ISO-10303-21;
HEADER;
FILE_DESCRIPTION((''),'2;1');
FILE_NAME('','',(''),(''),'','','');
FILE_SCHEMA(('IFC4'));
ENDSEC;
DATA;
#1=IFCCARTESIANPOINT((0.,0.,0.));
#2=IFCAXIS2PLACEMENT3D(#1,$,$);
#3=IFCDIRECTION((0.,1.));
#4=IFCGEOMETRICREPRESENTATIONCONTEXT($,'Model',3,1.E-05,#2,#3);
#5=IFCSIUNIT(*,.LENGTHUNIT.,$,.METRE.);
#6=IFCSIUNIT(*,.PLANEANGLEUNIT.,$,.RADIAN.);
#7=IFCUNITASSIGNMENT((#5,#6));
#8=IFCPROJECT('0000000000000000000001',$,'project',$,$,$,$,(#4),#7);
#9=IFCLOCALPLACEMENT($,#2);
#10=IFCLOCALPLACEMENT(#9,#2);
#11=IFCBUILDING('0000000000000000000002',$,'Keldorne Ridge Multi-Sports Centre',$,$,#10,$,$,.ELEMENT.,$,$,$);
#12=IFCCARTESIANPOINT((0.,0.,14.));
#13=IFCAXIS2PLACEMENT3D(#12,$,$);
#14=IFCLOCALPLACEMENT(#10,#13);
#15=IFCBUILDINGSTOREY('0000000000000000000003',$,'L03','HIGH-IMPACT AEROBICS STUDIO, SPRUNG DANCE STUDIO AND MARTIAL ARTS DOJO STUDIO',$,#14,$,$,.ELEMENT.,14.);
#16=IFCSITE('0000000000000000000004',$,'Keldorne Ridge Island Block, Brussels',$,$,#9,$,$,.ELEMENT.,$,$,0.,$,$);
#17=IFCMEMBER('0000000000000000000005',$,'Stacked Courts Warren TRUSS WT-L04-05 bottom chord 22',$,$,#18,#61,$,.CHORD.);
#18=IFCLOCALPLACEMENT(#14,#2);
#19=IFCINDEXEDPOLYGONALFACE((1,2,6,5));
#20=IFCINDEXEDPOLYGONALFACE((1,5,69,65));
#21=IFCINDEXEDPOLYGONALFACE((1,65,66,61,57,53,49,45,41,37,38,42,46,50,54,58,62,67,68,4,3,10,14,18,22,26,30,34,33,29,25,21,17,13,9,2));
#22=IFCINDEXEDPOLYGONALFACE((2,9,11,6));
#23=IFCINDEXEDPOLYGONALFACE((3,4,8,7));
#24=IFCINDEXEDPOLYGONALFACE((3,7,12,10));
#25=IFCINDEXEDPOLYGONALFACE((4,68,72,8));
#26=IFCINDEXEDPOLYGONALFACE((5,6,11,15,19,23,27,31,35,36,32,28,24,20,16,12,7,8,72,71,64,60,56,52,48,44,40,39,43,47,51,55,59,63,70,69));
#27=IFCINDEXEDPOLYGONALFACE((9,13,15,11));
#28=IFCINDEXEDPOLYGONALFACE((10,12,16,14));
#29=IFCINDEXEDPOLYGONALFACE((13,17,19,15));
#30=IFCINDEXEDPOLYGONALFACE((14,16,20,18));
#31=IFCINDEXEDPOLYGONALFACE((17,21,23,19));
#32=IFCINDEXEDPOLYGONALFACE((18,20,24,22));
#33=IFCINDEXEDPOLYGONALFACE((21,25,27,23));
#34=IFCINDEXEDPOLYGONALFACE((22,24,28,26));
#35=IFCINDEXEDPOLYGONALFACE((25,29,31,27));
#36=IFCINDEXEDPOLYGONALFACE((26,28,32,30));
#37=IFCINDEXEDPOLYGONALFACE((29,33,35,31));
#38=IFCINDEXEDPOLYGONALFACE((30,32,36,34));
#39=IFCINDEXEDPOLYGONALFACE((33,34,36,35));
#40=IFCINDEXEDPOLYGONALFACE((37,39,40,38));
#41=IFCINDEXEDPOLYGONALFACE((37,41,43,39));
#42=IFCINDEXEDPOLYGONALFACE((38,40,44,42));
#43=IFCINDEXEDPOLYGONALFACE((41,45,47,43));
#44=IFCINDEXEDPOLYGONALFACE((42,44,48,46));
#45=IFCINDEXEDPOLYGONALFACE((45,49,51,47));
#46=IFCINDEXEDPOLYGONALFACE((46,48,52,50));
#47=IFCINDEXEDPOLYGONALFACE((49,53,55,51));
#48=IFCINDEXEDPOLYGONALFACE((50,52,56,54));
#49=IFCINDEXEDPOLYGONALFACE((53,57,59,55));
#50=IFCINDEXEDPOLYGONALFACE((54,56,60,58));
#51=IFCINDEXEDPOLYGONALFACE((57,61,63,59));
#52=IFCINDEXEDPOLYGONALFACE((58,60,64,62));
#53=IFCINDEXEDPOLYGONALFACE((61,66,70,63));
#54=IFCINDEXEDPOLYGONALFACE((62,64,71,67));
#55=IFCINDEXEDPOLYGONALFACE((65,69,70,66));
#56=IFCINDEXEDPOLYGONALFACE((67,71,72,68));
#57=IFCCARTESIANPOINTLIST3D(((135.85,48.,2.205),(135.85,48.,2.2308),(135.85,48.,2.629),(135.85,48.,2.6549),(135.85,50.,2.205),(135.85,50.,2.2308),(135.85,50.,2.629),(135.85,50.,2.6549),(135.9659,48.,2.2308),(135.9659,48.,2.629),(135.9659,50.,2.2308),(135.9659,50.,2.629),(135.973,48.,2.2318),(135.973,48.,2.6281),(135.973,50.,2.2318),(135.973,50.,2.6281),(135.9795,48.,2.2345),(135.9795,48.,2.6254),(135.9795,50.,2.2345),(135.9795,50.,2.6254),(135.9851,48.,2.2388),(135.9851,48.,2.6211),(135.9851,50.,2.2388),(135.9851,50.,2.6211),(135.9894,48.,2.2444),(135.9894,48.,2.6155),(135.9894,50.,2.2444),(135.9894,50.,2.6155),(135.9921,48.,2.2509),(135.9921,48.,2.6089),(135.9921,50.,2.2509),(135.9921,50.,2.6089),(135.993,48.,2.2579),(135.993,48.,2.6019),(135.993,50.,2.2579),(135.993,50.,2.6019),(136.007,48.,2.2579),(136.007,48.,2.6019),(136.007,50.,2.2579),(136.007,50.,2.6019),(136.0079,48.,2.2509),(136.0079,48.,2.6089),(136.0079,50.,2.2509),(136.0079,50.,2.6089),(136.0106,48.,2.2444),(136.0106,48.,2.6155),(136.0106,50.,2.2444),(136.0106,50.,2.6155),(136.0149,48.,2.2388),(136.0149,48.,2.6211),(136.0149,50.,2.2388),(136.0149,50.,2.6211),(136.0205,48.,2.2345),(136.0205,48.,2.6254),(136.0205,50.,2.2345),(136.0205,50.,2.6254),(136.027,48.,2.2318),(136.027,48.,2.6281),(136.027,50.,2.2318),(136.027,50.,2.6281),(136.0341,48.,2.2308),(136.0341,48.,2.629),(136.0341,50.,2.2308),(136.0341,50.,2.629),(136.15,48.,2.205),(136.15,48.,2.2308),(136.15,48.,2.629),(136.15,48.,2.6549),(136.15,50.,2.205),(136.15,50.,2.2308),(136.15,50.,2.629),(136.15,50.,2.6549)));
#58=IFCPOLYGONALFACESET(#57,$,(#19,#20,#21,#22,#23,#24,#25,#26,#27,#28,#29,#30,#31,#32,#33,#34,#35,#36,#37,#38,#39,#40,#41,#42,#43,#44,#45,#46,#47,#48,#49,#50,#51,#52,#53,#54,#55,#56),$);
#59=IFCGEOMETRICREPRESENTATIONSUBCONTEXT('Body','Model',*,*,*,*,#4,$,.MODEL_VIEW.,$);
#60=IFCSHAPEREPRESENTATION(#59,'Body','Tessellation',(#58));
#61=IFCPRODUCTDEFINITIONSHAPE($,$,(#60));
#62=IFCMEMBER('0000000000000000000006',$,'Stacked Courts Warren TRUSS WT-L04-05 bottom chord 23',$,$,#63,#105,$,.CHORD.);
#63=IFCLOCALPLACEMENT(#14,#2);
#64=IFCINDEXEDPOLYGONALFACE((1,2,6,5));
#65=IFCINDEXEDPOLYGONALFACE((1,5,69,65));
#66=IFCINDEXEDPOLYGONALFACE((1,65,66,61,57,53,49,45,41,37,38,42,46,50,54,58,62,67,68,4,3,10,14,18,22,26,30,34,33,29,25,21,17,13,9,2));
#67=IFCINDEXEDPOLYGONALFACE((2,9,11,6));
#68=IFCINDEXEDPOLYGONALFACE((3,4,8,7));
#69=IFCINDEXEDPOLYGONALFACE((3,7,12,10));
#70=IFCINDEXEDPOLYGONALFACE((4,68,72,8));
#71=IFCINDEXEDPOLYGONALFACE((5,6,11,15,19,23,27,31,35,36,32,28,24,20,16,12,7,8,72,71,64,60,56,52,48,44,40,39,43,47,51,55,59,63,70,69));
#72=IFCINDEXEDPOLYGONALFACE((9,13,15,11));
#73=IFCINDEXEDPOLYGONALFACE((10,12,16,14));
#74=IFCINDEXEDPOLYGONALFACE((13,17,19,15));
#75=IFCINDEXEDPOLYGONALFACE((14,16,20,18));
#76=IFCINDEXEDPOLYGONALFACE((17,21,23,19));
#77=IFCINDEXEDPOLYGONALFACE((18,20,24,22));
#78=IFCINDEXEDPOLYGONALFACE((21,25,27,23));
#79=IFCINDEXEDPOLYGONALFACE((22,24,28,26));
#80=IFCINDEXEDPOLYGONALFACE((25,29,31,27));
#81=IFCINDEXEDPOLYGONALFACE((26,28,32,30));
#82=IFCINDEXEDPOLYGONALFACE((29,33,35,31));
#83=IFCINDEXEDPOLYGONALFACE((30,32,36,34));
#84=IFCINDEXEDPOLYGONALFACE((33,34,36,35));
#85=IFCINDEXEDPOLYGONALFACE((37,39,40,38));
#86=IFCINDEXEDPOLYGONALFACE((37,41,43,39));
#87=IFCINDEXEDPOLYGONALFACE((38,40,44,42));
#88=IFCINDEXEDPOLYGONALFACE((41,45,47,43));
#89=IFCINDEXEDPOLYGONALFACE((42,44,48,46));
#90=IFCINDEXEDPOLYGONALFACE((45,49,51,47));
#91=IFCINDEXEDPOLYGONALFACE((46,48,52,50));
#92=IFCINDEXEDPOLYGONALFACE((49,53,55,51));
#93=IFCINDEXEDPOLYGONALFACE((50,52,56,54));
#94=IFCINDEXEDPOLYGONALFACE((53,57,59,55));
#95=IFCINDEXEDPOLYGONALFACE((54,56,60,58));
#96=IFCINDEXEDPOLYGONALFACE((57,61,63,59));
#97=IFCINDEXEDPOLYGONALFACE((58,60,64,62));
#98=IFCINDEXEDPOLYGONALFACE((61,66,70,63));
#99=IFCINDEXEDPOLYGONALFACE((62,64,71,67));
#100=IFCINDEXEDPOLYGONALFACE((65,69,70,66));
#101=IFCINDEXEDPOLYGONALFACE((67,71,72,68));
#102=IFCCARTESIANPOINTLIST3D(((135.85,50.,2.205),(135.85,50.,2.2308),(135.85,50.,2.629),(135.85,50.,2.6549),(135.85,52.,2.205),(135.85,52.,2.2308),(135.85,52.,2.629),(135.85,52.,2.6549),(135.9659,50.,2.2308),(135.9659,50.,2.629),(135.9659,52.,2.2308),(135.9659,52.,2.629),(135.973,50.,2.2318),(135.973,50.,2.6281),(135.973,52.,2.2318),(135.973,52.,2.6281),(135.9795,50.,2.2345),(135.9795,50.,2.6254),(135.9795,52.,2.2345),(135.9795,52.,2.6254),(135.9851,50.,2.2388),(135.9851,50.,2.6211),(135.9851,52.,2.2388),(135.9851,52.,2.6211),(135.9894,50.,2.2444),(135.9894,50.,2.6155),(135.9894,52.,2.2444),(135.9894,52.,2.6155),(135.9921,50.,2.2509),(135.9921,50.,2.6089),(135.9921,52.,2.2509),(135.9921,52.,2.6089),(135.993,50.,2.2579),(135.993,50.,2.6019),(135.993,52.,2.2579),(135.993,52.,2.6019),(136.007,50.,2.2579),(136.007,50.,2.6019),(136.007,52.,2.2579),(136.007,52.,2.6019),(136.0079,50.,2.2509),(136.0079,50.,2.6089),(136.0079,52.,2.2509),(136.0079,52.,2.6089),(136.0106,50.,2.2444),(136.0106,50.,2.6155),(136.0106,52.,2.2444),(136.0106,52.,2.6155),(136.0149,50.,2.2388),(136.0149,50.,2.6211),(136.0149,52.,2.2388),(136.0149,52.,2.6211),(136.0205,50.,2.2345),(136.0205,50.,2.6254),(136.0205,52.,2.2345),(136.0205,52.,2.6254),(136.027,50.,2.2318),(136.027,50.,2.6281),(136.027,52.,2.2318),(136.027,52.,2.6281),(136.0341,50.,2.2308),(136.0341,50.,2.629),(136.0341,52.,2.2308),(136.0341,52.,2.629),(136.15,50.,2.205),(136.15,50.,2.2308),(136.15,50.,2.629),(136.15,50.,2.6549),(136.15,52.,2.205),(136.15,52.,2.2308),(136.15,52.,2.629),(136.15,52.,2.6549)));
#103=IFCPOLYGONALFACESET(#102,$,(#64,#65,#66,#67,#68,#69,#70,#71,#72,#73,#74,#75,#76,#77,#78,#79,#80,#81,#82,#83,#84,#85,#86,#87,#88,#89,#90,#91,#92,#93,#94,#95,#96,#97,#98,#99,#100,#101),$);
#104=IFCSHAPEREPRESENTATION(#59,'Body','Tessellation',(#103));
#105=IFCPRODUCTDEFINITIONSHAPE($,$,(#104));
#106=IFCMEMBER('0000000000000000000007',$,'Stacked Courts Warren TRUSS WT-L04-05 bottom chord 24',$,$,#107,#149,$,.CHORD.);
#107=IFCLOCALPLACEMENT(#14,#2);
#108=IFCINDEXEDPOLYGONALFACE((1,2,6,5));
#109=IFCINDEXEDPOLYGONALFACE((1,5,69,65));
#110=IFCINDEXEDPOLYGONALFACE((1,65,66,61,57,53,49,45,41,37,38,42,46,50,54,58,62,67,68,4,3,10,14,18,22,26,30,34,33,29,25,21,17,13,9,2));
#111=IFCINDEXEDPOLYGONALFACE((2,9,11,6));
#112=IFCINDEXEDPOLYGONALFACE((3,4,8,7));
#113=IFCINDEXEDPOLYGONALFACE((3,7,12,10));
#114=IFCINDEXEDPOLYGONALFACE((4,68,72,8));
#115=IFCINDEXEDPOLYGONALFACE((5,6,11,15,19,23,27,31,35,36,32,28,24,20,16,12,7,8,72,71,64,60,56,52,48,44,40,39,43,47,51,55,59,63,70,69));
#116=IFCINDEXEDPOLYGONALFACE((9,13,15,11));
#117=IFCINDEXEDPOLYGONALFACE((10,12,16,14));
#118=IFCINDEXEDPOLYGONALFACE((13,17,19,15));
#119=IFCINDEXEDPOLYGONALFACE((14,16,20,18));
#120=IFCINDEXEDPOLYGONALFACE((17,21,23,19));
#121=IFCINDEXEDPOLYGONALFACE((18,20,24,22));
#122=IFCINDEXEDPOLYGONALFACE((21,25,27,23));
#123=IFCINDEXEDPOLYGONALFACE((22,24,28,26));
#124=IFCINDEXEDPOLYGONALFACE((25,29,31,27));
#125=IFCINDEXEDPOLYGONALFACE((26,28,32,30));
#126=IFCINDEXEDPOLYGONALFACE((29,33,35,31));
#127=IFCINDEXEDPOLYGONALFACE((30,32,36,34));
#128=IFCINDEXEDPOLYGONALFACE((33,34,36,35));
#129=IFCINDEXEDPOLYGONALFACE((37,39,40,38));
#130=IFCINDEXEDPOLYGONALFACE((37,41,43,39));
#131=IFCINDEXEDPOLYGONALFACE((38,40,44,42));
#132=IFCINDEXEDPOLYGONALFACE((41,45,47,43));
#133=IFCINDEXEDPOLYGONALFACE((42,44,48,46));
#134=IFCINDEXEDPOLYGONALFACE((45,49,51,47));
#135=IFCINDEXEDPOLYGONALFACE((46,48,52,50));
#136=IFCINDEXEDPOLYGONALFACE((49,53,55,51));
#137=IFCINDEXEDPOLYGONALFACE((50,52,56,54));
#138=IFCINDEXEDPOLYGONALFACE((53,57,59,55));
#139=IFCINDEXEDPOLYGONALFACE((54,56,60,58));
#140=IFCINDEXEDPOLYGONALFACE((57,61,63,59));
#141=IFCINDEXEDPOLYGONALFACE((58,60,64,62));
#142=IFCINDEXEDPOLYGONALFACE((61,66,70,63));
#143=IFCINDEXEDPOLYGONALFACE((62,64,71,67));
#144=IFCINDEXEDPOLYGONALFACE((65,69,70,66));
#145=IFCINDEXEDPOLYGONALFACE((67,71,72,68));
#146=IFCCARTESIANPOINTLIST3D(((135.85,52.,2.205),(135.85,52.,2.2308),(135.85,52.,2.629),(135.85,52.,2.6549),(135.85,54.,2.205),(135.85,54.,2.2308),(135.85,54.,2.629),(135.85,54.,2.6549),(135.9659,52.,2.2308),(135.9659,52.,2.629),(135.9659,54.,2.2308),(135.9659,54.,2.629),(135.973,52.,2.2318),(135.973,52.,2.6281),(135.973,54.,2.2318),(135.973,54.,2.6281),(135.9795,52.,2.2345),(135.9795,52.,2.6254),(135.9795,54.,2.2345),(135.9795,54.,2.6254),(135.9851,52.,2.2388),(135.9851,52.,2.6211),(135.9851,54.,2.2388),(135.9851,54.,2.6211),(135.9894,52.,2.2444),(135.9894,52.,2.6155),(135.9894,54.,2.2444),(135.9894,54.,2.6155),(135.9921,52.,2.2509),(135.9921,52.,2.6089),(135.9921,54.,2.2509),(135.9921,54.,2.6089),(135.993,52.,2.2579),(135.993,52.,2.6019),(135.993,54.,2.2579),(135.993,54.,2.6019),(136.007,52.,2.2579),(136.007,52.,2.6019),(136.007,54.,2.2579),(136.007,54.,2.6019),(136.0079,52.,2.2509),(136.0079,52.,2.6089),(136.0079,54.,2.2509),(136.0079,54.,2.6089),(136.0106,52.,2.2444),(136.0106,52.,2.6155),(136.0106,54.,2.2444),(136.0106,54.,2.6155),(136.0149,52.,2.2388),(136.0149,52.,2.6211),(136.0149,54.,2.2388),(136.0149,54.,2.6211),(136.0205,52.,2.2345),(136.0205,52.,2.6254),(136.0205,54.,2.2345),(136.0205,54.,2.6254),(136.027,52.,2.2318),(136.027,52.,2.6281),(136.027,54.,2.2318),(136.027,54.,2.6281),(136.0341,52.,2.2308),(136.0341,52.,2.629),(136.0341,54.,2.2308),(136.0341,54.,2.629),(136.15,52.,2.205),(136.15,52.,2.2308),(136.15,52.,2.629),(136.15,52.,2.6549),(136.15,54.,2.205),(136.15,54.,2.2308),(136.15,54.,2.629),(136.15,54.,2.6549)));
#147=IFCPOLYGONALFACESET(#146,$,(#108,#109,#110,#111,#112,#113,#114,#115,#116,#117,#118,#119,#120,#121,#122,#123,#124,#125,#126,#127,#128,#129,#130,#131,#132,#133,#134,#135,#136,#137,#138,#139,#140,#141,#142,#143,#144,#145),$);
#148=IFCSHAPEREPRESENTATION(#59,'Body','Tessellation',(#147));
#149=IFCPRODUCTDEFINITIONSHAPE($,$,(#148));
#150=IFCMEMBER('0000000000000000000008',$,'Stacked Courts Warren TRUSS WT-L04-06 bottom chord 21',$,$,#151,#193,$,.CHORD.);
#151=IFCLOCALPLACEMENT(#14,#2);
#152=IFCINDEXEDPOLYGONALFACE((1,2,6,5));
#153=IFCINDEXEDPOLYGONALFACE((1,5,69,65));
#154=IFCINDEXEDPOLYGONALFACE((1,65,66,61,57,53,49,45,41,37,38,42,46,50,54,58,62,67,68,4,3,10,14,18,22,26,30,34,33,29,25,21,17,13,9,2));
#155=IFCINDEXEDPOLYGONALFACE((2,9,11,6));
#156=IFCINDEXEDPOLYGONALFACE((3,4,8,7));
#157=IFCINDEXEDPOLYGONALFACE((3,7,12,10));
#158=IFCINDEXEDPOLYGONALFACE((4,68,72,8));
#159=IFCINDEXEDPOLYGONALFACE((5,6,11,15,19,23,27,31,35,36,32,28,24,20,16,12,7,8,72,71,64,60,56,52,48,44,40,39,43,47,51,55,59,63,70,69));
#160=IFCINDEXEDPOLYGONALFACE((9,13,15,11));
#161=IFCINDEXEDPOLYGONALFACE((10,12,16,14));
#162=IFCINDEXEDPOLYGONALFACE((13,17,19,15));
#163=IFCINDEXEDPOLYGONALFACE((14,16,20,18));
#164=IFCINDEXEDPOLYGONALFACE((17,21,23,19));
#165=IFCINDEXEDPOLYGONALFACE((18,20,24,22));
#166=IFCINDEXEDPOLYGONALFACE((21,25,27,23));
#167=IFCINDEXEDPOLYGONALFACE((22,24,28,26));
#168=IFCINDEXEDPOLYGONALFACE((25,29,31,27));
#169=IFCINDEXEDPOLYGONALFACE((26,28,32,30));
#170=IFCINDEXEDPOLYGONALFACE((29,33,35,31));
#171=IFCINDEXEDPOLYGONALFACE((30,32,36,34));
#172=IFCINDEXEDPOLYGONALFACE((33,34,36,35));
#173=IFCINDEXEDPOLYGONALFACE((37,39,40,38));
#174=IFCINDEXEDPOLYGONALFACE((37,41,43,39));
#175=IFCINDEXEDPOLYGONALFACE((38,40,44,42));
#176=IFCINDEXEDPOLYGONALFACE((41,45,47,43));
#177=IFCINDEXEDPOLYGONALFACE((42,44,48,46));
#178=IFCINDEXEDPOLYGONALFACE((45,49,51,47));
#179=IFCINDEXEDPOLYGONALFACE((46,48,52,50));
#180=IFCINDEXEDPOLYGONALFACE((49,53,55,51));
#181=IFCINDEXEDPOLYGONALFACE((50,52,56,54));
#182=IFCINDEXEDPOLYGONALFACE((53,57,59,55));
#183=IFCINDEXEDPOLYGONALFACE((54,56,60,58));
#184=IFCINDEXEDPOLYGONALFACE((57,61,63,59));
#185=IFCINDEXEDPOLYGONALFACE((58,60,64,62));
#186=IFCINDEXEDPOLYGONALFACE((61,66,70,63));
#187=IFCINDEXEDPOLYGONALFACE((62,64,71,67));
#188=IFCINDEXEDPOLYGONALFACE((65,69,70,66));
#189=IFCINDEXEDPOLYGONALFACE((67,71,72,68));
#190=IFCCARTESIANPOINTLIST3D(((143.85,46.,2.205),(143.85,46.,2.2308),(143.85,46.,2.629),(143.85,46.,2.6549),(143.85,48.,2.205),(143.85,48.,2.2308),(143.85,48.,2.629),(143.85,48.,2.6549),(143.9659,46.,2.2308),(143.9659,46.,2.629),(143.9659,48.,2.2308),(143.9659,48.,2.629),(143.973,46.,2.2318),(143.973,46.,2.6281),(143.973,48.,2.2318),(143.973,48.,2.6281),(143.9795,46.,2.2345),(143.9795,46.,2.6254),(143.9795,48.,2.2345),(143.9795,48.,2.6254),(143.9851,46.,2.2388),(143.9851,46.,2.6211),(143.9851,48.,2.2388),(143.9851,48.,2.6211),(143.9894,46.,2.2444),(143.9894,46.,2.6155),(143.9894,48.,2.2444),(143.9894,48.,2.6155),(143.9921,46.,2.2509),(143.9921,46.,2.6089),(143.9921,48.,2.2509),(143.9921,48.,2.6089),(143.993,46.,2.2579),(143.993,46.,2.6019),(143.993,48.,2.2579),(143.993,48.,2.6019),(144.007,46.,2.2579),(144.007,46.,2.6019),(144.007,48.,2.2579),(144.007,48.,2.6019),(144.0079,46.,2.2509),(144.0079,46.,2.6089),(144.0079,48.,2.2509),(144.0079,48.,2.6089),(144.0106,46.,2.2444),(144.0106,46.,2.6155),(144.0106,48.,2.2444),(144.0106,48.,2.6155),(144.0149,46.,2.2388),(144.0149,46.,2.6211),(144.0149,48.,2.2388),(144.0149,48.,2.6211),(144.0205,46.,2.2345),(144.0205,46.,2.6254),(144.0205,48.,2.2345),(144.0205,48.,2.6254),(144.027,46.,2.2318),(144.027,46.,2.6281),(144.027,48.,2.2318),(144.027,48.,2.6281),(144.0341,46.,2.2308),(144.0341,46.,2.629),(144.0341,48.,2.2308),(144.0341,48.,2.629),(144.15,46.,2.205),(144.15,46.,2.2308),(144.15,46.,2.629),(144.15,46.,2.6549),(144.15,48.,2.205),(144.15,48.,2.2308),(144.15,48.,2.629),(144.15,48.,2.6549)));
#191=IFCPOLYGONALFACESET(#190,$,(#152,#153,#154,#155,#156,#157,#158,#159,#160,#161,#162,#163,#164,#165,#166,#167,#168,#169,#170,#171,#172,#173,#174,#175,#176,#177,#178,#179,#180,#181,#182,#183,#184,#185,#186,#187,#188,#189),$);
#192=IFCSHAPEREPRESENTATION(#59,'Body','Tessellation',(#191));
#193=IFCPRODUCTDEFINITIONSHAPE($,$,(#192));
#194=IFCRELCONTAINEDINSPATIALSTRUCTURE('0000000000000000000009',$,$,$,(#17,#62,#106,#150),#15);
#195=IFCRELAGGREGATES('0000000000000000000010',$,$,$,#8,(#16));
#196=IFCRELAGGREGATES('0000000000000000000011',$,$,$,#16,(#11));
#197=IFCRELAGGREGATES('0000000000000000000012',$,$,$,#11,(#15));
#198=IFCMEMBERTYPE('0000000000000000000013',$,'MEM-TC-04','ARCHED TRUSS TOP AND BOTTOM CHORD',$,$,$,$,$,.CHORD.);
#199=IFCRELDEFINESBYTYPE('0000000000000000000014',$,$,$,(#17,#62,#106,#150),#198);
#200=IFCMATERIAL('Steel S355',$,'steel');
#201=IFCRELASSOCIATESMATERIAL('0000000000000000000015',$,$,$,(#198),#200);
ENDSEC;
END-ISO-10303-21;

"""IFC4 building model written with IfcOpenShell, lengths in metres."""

from ifc_helpers import new_model, si_unit, direction, frame, origin, origin_2d, place, context, subcontext, project, spatial, i_section, extrude, material, material_profile, profile_set, type_object, element, save


model = new_model("IFC4")

# Units and contexts
model_context = context("Model", 3, precision=1e-05, world=origin(), true_north=direction((0.0, 1.0)))
body_context = subcontext(model_context, "Body", "Model", "MODEL_VIEW")
ifc_project = project(units=[si_unit("LENGTHUNIT", "METRE"), si_unit("PLANEANGLEUNIT", "RADIAN")], contexts=[model_context])

# Site, building, storey
site_placement = place(None, origin())
site = spatial("IfcSite", under=ifc_project, at=site_placement, Name="Keldorne Ridge Island Block, Brussels", CompositionType="ELEMENT", RefElevation=0.0)
building_placement = place(site_placement, origin())
building = spatial("IfcBuilding", under=site, at=building_placement, Name="Keldorne Ridge Multi-Sports Centre", CompositionType="ELEMENT")
storey_placement = place(building_placement, frame((0.0, 0.0, 14.0)))
storey = spatial("IfcBuildingStorey", under=building, at=storey_placement, Name="L03", Description="HIGH-IMPACT AEROBICS STUDIO, SPRUNG DANCE STUDIO AND MARTIAL ARTS DOJO STUDIO", CompositionType="ELEMENT", Elevation=14.0)

# Shared definitions
ifc_material_1 = material(Name="Steel S355", Category="steel")

# Members
ifc_material_profile_1 = material_profile(ifc_material_1, i_section(OverallWidth=0.3, OverallDepth=0.45, WebThickness=0.0139, FlangeThickness=0.0259, FilletRadius=0.0271, at=origin_2d()), Name="HEB 450")
ifc_profile_set_1 = profile_set([ifc_material_profile_1], Name="Steel S355")
member_type_1 = type_object("IfcMemberType", Name="MEM-TC-04", Description="ARCHED TRUSS TOP AND BOTTOM CHORD", PredefinedType="CHORD", material=ifc_profile_set_1)
for number, where, z_axis, x_axis, name in (
    (1, (136.0, 48.0, 2.4299), (0.0, 1.0, 0.0), (-1.0, 0.0, 0.0), "Stacked Courts Warren TRUSS WT-L04-05 bottom chord 22"),
    (2, (136.0, 50.0, 2.4299), (0.0, 1.0, 0.0), (-1.0, 0.0, 0.0), "Stacked Courts Warren TRUSS WT-L04-05 bottom chord 23"),
    (3, (136.0, 52.0, 2.4299), (0.0, 1.0, 0.0), (-1.0, 0.0, 0.0), "Stacked Courts Warren TRUSS WT-L04-05 bottom chord 24"),
    (4, (144.0, 46.0, 2.4299), (0.0, 1.0, 0.0), (-1.0, 0.0, 0.0), "Stacked Courts Warren TRUSS WT-L04-06 bottom chord 21"),
):
    element("IfcMember", number, at=place(storey_placement, frame(where, z_axis=z_axis, x_axis=x_axis)), inside=storey, type_object=member_type_1, Name=name, PredefinedType="CHORD", context=body_context, shape_type="SweptSolid", body=[
        extrude(i_section(OverallWidth=0.3, OverallDepth=0.45, WebThickness=0.0139, FlangeThickness=0.0259, FilletRadius=0.0271, at=origin_2d()), origin(), (0.0, 0.0, 1.0), 2.0),
    ])

save(model, "model.ifc")
